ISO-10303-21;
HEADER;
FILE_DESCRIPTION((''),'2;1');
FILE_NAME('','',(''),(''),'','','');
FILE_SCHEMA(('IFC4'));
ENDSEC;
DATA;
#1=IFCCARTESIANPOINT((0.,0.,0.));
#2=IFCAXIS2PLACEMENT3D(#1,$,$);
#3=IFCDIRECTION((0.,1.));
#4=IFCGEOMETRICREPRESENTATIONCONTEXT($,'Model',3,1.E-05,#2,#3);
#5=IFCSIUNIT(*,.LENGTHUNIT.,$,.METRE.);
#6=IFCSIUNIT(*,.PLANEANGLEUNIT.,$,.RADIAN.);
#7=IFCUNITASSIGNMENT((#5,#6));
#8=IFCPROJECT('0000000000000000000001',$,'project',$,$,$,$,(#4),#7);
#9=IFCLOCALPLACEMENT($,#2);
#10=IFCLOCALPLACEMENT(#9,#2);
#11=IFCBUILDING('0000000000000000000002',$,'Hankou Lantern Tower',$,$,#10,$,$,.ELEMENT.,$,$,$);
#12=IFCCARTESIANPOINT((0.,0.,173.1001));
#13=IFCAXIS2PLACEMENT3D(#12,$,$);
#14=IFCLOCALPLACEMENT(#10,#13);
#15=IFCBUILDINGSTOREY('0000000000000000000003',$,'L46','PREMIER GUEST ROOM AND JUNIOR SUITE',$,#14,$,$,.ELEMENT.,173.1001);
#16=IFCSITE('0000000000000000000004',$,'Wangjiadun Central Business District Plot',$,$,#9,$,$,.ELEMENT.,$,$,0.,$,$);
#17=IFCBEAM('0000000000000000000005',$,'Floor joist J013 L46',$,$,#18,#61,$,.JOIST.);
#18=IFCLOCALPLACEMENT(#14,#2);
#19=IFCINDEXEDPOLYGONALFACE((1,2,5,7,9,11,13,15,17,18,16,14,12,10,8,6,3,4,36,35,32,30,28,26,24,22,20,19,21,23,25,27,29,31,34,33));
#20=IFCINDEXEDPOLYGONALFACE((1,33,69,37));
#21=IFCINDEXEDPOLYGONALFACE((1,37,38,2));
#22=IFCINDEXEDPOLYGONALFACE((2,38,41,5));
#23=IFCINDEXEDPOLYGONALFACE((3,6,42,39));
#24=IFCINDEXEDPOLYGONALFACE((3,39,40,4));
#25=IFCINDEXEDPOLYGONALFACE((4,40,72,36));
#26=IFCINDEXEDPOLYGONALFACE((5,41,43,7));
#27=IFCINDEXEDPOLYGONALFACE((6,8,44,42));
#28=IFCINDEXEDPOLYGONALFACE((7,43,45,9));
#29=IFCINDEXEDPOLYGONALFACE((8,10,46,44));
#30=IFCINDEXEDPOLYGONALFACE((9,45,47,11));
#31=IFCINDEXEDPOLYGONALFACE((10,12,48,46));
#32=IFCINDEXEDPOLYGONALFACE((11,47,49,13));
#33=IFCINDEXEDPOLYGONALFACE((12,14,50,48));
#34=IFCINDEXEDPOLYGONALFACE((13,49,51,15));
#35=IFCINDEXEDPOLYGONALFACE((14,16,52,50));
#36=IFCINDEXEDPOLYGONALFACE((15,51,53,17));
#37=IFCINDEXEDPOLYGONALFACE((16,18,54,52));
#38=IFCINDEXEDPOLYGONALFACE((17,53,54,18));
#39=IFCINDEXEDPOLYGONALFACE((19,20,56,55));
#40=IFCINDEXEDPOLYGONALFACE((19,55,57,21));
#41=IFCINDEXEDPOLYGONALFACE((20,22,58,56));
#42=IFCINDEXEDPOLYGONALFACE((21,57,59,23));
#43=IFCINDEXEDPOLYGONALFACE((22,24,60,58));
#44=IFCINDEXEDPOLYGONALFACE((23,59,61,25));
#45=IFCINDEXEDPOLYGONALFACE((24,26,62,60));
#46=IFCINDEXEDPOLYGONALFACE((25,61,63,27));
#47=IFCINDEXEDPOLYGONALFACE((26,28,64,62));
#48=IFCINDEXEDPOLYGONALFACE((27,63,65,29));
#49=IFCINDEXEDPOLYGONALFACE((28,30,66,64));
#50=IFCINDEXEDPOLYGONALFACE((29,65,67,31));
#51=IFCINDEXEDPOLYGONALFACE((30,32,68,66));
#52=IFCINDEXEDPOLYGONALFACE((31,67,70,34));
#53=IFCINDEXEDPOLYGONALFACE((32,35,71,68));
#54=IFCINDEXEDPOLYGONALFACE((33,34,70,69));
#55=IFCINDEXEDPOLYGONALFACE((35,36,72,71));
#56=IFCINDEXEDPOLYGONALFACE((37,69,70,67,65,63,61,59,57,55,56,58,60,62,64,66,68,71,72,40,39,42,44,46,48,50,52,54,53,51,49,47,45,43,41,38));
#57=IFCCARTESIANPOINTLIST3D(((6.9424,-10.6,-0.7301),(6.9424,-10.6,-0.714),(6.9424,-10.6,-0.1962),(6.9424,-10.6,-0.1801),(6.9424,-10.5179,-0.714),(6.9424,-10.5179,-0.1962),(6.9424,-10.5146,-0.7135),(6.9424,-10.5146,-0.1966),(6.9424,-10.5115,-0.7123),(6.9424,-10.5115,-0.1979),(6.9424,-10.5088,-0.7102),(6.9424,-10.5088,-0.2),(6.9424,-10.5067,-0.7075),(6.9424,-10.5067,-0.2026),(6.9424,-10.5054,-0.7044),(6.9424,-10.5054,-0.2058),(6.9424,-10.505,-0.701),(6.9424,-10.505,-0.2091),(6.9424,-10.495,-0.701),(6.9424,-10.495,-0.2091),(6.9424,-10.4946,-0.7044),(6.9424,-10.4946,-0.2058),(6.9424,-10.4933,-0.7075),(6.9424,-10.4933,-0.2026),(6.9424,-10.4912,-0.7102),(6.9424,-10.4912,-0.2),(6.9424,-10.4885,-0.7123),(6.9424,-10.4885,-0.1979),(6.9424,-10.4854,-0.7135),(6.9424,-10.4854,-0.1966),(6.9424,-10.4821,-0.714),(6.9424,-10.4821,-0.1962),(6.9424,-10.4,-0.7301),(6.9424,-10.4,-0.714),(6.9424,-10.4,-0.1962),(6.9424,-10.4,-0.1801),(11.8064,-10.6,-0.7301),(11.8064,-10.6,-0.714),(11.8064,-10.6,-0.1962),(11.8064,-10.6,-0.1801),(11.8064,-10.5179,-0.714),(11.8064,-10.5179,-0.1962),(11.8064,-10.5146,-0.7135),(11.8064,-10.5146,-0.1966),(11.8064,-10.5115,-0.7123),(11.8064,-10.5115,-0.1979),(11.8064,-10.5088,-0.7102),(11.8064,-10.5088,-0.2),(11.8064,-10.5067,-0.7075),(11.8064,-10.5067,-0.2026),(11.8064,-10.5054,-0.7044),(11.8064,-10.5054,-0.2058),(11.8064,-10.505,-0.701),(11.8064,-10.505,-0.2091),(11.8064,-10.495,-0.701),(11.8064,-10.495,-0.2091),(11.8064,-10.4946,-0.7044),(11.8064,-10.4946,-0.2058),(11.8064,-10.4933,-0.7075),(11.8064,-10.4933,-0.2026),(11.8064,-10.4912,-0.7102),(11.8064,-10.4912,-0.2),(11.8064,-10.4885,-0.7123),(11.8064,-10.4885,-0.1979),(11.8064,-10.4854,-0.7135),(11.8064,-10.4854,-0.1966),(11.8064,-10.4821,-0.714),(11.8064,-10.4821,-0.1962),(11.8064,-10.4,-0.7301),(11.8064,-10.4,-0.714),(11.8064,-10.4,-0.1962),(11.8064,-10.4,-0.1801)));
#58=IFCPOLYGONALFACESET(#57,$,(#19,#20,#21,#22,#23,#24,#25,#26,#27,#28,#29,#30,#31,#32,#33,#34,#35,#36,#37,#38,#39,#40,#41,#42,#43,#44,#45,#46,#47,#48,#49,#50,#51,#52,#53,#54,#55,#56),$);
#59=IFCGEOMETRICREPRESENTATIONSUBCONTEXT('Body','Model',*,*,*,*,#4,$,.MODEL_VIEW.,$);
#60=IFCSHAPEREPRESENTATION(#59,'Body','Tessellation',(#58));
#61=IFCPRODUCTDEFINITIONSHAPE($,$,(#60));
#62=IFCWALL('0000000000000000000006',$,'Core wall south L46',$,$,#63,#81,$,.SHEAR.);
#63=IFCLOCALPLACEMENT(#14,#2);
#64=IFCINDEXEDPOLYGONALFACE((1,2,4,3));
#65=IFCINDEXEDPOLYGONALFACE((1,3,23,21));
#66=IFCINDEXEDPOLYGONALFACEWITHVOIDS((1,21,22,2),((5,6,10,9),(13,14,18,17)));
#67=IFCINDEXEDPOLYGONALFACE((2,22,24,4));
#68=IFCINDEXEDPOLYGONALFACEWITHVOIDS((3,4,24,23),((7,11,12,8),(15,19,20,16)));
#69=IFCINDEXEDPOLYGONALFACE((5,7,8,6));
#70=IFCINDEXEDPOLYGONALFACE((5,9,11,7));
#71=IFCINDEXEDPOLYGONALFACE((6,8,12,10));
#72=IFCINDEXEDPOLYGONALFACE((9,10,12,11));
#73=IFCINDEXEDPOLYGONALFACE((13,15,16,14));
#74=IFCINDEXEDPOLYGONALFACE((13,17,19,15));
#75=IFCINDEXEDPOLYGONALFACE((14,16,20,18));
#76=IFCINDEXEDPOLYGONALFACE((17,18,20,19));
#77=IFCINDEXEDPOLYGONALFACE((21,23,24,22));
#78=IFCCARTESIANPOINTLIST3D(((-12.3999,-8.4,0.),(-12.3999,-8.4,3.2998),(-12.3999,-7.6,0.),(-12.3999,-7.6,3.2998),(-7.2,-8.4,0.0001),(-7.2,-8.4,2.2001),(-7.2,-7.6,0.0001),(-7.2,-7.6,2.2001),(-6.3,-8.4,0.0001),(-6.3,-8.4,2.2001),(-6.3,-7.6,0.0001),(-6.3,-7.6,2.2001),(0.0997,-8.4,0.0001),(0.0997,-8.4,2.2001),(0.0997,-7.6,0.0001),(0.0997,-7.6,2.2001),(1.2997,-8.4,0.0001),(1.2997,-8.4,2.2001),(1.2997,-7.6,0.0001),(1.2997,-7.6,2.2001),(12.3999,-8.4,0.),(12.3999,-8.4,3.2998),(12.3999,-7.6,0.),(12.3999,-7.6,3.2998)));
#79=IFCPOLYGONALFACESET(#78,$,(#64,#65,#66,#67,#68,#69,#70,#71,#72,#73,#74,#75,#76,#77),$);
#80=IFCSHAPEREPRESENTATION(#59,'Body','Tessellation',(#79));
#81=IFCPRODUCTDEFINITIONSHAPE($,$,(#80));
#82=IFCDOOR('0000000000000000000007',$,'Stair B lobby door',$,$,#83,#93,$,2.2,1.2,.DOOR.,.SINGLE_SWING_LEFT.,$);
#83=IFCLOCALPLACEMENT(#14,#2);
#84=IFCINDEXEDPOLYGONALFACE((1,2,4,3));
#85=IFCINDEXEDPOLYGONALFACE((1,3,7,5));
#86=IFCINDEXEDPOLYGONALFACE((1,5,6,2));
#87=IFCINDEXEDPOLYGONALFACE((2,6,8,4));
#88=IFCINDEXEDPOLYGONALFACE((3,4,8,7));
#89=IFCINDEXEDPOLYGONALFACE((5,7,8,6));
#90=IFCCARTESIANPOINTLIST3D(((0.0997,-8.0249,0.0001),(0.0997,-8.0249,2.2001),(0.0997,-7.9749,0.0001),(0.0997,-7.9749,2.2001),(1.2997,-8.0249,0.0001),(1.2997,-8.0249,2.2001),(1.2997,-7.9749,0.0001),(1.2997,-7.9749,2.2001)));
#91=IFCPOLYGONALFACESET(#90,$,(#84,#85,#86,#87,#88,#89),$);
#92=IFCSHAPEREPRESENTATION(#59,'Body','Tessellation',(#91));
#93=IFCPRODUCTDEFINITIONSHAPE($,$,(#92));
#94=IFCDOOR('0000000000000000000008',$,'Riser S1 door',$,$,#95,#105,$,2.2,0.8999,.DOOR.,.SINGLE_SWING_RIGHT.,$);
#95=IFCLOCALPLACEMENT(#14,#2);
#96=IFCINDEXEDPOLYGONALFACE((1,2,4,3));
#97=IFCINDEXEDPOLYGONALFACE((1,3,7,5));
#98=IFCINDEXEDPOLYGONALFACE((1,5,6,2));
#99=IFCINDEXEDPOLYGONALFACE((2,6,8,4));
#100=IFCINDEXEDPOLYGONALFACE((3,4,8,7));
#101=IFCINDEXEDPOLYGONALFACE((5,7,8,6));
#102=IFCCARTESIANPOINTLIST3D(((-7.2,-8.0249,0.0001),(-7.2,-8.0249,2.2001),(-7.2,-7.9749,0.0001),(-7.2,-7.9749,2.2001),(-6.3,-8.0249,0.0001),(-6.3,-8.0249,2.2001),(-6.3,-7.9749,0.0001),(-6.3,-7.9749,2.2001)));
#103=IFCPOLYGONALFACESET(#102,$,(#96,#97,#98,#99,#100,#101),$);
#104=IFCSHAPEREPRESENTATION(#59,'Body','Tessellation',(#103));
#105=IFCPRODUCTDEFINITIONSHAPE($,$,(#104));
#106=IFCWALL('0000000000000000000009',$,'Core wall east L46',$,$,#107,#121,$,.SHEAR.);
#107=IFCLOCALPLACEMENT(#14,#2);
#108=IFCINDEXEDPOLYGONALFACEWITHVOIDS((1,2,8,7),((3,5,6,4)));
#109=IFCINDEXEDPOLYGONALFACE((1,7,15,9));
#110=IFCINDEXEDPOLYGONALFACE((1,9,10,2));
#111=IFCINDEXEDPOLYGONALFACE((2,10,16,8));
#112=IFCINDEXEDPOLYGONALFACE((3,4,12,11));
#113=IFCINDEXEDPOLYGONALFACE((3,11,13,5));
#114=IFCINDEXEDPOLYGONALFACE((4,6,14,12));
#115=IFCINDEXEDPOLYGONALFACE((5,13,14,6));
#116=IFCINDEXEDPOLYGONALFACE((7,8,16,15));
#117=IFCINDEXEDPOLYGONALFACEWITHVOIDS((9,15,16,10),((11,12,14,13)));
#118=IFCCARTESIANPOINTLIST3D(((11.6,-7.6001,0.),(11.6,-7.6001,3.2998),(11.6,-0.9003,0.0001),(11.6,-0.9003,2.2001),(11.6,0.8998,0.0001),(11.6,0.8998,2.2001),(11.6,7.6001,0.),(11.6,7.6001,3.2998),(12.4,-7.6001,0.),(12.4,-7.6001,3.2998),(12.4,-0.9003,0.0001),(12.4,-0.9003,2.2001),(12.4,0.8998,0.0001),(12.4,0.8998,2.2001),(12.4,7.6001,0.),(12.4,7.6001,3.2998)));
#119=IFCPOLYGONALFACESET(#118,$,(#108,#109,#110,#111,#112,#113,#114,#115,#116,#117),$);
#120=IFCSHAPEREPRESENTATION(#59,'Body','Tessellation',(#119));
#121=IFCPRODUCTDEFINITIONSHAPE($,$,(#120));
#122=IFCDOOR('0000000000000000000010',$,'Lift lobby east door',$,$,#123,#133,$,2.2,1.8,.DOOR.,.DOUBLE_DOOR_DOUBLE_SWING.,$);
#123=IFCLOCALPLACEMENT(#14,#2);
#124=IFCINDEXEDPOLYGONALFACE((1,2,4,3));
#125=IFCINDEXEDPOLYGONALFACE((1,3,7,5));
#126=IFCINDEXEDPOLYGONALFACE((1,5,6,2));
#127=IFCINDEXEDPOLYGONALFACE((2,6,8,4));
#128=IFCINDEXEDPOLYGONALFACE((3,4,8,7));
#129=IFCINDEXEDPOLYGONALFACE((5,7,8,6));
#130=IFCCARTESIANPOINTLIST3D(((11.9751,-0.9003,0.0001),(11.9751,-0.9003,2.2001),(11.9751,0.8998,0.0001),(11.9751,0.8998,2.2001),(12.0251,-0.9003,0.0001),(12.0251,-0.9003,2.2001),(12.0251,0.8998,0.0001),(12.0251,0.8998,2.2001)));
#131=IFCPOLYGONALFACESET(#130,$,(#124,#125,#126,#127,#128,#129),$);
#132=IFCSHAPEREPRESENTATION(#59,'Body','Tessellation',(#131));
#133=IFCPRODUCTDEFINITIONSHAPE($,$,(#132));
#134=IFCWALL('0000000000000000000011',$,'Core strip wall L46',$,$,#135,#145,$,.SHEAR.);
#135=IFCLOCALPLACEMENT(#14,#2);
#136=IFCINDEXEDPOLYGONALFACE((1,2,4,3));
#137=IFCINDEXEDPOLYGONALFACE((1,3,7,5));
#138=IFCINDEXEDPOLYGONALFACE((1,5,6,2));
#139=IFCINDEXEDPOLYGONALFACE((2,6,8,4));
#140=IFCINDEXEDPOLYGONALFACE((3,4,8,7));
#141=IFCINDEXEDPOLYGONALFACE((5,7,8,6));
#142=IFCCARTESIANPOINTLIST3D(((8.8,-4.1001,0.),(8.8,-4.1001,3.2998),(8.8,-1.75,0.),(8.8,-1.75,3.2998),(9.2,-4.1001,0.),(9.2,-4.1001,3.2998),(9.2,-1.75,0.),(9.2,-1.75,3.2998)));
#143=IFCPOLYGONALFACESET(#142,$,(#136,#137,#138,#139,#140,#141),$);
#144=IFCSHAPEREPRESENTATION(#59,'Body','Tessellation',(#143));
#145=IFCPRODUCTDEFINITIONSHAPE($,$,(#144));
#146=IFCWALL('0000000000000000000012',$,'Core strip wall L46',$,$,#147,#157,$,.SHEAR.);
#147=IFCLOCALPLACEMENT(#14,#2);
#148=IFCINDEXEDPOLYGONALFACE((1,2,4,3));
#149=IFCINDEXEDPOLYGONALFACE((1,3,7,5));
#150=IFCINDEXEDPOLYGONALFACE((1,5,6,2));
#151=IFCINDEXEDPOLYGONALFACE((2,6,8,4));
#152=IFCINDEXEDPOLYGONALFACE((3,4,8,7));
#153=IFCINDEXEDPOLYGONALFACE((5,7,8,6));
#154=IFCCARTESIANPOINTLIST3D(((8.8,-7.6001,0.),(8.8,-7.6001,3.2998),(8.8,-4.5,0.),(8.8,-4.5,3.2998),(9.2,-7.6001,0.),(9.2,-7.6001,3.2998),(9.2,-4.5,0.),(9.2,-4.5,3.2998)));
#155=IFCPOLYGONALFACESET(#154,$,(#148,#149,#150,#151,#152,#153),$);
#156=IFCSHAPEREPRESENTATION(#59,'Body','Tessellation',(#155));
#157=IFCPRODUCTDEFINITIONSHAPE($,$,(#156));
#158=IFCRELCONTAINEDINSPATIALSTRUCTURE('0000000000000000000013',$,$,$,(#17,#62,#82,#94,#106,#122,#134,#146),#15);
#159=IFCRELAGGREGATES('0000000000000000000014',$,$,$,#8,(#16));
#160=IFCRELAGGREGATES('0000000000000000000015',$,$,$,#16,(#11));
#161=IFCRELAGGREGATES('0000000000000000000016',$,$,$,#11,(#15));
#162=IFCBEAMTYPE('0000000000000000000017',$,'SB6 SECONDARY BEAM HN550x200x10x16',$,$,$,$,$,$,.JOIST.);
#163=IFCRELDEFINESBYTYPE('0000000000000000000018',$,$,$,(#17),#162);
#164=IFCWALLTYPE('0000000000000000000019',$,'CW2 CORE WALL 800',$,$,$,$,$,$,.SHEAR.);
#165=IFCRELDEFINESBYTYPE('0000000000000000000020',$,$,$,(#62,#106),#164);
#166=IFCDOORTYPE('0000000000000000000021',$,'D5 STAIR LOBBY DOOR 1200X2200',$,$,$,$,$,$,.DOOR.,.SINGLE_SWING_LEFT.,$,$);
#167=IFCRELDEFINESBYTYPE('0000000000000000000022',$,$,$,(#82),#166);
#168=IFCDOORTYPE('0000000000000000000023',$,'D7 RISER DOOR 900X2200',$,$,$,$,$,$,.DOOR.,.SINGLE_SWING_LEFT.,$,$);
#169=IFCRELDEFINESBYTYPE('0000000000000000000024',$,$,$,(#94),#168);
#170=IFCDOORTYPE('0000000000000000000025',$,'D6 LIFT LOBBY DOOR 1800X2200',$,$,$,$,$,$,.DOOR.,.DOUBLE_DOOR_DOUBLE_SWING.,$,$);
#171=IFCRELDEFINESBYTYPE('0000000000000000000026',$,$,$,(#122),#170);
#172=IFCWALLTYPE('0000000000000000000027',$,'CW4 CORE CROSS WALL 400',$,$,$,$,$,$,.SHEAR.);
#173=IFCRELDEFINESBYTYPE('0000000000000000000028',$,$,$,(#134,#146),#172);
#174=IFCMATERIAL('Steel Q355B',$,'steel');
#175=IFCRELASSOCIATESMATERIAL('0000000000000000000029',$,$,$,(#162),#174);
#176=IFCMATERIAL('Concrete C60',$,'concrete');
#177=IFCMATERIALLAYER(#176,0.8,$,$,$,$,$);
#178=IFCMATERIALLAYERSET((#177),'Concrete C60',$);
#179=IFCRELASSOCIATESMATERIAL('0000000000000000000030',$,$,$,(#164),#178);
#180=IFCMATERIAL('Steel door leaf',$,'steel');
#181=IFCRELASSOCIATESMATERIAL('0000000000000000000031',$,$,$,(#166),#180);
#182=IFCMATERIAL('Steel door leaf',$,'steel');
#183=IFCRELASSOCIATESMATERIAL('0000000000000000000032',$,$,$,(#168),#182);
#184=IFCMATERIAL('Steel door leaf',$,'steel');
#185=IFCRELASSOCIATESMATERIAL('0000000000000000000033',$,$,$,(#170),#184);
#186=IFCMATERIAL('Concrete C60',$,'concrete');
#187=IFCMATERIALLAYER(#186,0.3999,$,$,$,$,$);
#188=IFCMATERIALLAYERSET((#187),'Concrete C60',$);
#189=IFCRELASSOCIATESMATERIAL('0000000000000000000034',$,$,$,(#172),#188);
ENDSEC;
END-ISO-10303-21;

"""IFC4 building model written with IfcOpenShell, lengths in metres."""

from ifc_helpers import new_model, si_unit, direction, frame, frame_2d, origin, origin_2d, place, context, subcontext, project, spatial, rectangle, i_section, extrude, material, layer, layer_set, material_profile, profile_set, type_object, element, fill, save


model = new_model("IFC4")

# Units and contexts
model_context = context("Model", 3, precision=1e-05, world=origin(), true_north=direction((0.0, 1.0)))
body_context = subcontext(model_context, "Body", "Model", "MODEL_VIEW")
ifc_project = project(units=[si_unit("LENGTHUNIT", "METRE"), si_unit("PLANEANGLEUNIT", "RADIAN")], contexts=[model_context])

# Site, building, storey
site_placement = place(None, origin())
site = spatial("IfcSite", under=ifc_project, at=site_placement, Name="Wangjiadun Central Business District Plot", CompositionType="ELEMENT", RefElevation=0.0)
building_placement = place(site_placement, origin())
building = spatial("IfcBuilding", under=site, at=building_placement, Name="Hankou Lantern Tower", CompositionType="ELEMENT")
storey_placement = place(building_placement, frame((0.0, 0.0, 173.1001)))
storey = spatial("IfcBuildingStorey", under=building, at=storey_placement, Name="L46", Description="PREMIER GUEST ROOM AND JUNIOR SUITE", CompositionType="ELEMENT", Elevation=173.1001)

# Beam
ifc_material_1 = material(Name="Steel Q355B", Category="steel")
ifc_material_profile_1 = material_profile(ifc_material_1, i_section(OverallWidth=0.2, OverallDepth=0.55, WebThickness=0.01, FlangeThickness=0.0161, FilletRadius=0.0129, at=origin_2d()), Name="HN550x200x10x16")
ifc_profile_set_1 = profile_set([ifc_material_profile_1], Name="Steel Q355B")
beam_type_1 = type_object("IfcBeamType", Name="SB6 SECONDARY BEAM HN550x200x10x16", PredefinedType="JOIST", material=ifc_profile_set_1)
beam_1_placement = place(storey_placement, frame((6.9424, -10.5, -0.4551), z_axis=(1.0, 0.0, 0.0), x_axis=(0.0, 1.0, 0.0)))
element("IfcBeam", 1, at=beam_1_placement, inside=storey, type_object=beam_type_1, Name="Floor joist J013 L46", PredefinedType="JOIST", context=body_context, shape_type="SweptSolid", body=[
    extrude(i_section(OverallWidth=0.2, OverallDepth=0.55, WebThickness=0.01, FlangeThickness=0.0161, FilletRadius=0.0129, at=origin_2d()), origin(), (0.0, 0.0, 1.0), 4.864),
])

# Wall, openings, doors
ifc_material_2 = material(Name="Concrete C60", Category="concrete")
ifc_layer_1 = layer(ifc_material_2, 0.8)
ifc_layer_set_1 = layer_set([ifc_layer_1], Name="Concrete C60")
wall_type_1 = type_object("IfcWallType", Name="CW2 CORE WALL 800", PredefinedType="SHEAR", material=ifc_layer_set_1)
wall_1_placement = place(storey_placement, frame((12.3999, -8.0, 0.0), z_axis=(0.0, 0.0, 1.0), x_axis=(-1.0, 0.0, 0.0)))
wall_1 = element("IfcWall", 2, at=wall_1_placement, inside=storey, type_object=wall_type_1, Name="Core wall south L46", PredefinedType="SHEAR", context=body_context, shape_type="SweptSolid", body=[
    extrude(rectangle(XDim=24.7998, YDim=0.8, at=frame_2d((12.3999, 0.0))), origin(), (0.0, 0.0, 1.0), 3.2998),
])
opening_1_placement = place(wall_1_placement, frame((11.1001, 0.0, 0.0)))
opening_1 = element("IfcOpeningElement", 3, at=opening_1_placement, cuts=wall_1, PredefinedType="OPENING", context=body_context, shape_type="SweptSolid", body=[
    extrude(rectangle(XDim=1.2, YDim=2.2, at=frame_2d((0.6001, 1.1001))), frame((0.0, 0.4099, 0.0), z_axis=(0.0, -1.0, 0.0), x_axis=(1.0, 0.0, 0.0)), (0.0, 0.0, 1.0), 0.8201),
])
opening_2_placement = place(wall_1_placement, frame((18.7, 0.0, 0.0)))
opening_2 = element("IfcOpeningElement", 4, at=opening_2_placement, cuts=wall_1, PredefinedType="OPENING", context=body_context, shape_type="SweptSolid", body=[
    extrude(rectangle(XDim=0.8999, YDim=2.2, at=frame_2d((0.45, 1.1001))), frame((0.0, 0.4099, 0.0), z_axis=(0.0, -1.0, 0.0), x_axis=(1.0, 0.0, 0.0)), (0.0, 0.0, 1.0), 0.8201),
])
ifc_material_3 = material(Name="Steel door leaf", Category="steel")
door_type_1 = type_object("IfcDoorType", Name="D5 STAIR LOBBY DOOR 1200X2200", OperationType="SINGLE_SWING_LEFT", PredefinedType="DOOR", material=ifc_material_3)
door_1_placement = place(opening_1_placement, origin())
door_1 = element("IfcDoor", 5, at=door_1_placement, inside=storey, type_object=door_type_1, Name="Stair B lobby door", OperationType="SINGLE_SWING_LEFT", OverallHeight=2.2, OverallWidth=1.2, PredefinedType="DOOR", context=body_context, shape_type="SweptSolid", body=[
    extrude(rectangle(XDim=1.2, YDim=2.2, at=frame_2d((0.6001, 1.1001))), frame((0.0, 0.0249, 0.0), z_axis=(0.0, -1.0, 0.0), x_axis=(1.0, 0.0, 0.0)), (0.0, 0.0, 1.0), 0.05),
])
fill(opening_1, door_1)
ifc_material_4 = material(Name="Steel door leaf", Category="steel")
door_type_2 = type_object("IfcDoorType", Name="D7 RISER DOOR 900X2200", OperationType="SINGLE_SWING_LEFT", PredefinedType="DOOR", material=ifc_material_4)
door_2_placement = place(opening_2_placement, origin())
door_2 = element("IfcDoor", 6, at=door_2_placement, inside=storey, type_object=door_type_2, Name="Riser S1 door", OperationType="SINGLE_SWING_RIGHT", OverallHeight=2.2, OverallWidth=0.8999, PredefinedType="DOOR", context=body_context, shape_type="SweptSolid", body=[
    extrude(rectangle(XDim=0.8999, YDim=2.2, at=frame_2d((0.45, 1.1001))), frame((0.0, 0.0249, 0.0), z_axis=(0.0, -1.0, 0.0), x_axis=(1.0, 0.0, 0.0)), (0.0, 0.0, 1.0), 0.05),
])
fill(opening_2, door_2)

# Wall, opening, door
wall_2_placement = place(storey_placement, frame((12.0, -7.6001, 0.0), z_axis=(0.0, 0.0, 1.0), x_axis=(0.0, 1.0, 0.0)))
wall_2 = element("IfcWall", 7, at=wall_2_placement, inside=storey, type_object=wall_type_1, Name="Core wall east L46", PredefinedType="SHEAR", context=body_context, shape_type="SweptSolid", body=[
    extrude(rectangle(XDim=15.2002, YDim=0.8, at=frame_2d((7.6001, 0.0))), origin(), (0.0, 0.0, 1.0), 3.2998),
])
opening_3_placement = place(wall_2_placement, frame((6.7, 0.0, 0.0)))
opening_3 = element("IfcOpeningElement", 8, at=opening_3_placement, cuts=wall_2, PredefinedType="OPENING", context=body_context, shape_type="SweptSolid", body=[
    extrude(rectangle(XDim=1.8, YDim=2.2, at=frame_2d((0.8999, 1.1001))), frame((0.0, 0.4099, 0.0), z_axis=(0.0, -1.0, 0.0), x_axis=(1.0, 0.0, 0.0)), (0.0, 0.0, 1.0), 0.8201),
])
ifc_material_5 = material(Name="Steel door leaf", Category="steel")
door_type_3 = type_object("IfcDoorType", Name="D6 LIFT LOBBY DOOR 1800X2200", OperationType="DOUBLE_DOOR_DOUBLE_SWING", PredefinedType="DOOR", material=ifc_material_5)
door_3_placement = place(opening_3_placement, origin())
door_3 = element("IfcDoor", 9, at=door_3_placement, inside=storey, type_object=door_type_3, Name="Lift lobby east door", OperationType="DOUBLE_DOOR_DOUBLE_SWING", OverallHeight=2.2, OverallWidth=1.8, PredefinedType="DOOR", context=body_context, shape_type="SweptSolid", body=[
    extrude(rectangle(XDim=1.8, YDim=2.2, at=frame_2d((0.8999, 1.1001))), frame((0.0, 0.0249, 0.0), z_axis=(0.0, -1.0, 0.0), x_axis=(1.0, 0.0, 0.0)), (0.0, 0.0, 1.0), 0.05),
])
fill(opening_3, door_3)

# Walls
ifc_material_6 = material(Name="Concrete C60", Category="concrete")
ifc_layer_2 = layer(ifc_material_6, 0.3999)
ifc_layer_set_2 = layer_set([ifc_layer_2], Name="Concrete C60")
wall_type_2 = type_object("IfcWallType", Name="CW4 CORE CROSS WALL 400", PredefinedType="SHEAR", material=ifc_layer_set_2)
wall_3_placement = place(storey_placement, frame((9.0, -4.1001, 0.0), z_axis=(0.0, 0.0, 1.0), x_axis=(0.0, 1.0, 0.0)))
element("IfcWall", 10, at=wall_3_placement, inside=storey, type_object=wall_type_2, Name="Core strip wall L46", PredefinedType="SHEAR", context=body_context, shape_type="SweptSolid", body=[
    extrude(rectangle(XDim=2.3501, YDim=0.3999, at=frame_2d((1.175, 0.0))), origin(), (0.0, 0.0, 1.0), 3.2998),
])
wall_4_placement = place(storey_placement, frame((9.0, -7.6001, 0.0), z_axis=(0.0, 0.0, 1.0), x_axis=(0.0, 1.0, 0.0)))
element("IfcWall", 11, at=wall_4_placement, inside=storey, type_object=wall_type_2, Name="Core strip wall L46", PredefinedType="SHEAR", context=body_context, shape_type="SweptSolid", body=[
    extrude(rectangle(XDim=3.1001, YDim=0.3999, at=frame_2d((1.55, 0.0))), origin(), (0.0, 0.0, 1.0), 3.2998),
])

save(model, "model.ifc")
